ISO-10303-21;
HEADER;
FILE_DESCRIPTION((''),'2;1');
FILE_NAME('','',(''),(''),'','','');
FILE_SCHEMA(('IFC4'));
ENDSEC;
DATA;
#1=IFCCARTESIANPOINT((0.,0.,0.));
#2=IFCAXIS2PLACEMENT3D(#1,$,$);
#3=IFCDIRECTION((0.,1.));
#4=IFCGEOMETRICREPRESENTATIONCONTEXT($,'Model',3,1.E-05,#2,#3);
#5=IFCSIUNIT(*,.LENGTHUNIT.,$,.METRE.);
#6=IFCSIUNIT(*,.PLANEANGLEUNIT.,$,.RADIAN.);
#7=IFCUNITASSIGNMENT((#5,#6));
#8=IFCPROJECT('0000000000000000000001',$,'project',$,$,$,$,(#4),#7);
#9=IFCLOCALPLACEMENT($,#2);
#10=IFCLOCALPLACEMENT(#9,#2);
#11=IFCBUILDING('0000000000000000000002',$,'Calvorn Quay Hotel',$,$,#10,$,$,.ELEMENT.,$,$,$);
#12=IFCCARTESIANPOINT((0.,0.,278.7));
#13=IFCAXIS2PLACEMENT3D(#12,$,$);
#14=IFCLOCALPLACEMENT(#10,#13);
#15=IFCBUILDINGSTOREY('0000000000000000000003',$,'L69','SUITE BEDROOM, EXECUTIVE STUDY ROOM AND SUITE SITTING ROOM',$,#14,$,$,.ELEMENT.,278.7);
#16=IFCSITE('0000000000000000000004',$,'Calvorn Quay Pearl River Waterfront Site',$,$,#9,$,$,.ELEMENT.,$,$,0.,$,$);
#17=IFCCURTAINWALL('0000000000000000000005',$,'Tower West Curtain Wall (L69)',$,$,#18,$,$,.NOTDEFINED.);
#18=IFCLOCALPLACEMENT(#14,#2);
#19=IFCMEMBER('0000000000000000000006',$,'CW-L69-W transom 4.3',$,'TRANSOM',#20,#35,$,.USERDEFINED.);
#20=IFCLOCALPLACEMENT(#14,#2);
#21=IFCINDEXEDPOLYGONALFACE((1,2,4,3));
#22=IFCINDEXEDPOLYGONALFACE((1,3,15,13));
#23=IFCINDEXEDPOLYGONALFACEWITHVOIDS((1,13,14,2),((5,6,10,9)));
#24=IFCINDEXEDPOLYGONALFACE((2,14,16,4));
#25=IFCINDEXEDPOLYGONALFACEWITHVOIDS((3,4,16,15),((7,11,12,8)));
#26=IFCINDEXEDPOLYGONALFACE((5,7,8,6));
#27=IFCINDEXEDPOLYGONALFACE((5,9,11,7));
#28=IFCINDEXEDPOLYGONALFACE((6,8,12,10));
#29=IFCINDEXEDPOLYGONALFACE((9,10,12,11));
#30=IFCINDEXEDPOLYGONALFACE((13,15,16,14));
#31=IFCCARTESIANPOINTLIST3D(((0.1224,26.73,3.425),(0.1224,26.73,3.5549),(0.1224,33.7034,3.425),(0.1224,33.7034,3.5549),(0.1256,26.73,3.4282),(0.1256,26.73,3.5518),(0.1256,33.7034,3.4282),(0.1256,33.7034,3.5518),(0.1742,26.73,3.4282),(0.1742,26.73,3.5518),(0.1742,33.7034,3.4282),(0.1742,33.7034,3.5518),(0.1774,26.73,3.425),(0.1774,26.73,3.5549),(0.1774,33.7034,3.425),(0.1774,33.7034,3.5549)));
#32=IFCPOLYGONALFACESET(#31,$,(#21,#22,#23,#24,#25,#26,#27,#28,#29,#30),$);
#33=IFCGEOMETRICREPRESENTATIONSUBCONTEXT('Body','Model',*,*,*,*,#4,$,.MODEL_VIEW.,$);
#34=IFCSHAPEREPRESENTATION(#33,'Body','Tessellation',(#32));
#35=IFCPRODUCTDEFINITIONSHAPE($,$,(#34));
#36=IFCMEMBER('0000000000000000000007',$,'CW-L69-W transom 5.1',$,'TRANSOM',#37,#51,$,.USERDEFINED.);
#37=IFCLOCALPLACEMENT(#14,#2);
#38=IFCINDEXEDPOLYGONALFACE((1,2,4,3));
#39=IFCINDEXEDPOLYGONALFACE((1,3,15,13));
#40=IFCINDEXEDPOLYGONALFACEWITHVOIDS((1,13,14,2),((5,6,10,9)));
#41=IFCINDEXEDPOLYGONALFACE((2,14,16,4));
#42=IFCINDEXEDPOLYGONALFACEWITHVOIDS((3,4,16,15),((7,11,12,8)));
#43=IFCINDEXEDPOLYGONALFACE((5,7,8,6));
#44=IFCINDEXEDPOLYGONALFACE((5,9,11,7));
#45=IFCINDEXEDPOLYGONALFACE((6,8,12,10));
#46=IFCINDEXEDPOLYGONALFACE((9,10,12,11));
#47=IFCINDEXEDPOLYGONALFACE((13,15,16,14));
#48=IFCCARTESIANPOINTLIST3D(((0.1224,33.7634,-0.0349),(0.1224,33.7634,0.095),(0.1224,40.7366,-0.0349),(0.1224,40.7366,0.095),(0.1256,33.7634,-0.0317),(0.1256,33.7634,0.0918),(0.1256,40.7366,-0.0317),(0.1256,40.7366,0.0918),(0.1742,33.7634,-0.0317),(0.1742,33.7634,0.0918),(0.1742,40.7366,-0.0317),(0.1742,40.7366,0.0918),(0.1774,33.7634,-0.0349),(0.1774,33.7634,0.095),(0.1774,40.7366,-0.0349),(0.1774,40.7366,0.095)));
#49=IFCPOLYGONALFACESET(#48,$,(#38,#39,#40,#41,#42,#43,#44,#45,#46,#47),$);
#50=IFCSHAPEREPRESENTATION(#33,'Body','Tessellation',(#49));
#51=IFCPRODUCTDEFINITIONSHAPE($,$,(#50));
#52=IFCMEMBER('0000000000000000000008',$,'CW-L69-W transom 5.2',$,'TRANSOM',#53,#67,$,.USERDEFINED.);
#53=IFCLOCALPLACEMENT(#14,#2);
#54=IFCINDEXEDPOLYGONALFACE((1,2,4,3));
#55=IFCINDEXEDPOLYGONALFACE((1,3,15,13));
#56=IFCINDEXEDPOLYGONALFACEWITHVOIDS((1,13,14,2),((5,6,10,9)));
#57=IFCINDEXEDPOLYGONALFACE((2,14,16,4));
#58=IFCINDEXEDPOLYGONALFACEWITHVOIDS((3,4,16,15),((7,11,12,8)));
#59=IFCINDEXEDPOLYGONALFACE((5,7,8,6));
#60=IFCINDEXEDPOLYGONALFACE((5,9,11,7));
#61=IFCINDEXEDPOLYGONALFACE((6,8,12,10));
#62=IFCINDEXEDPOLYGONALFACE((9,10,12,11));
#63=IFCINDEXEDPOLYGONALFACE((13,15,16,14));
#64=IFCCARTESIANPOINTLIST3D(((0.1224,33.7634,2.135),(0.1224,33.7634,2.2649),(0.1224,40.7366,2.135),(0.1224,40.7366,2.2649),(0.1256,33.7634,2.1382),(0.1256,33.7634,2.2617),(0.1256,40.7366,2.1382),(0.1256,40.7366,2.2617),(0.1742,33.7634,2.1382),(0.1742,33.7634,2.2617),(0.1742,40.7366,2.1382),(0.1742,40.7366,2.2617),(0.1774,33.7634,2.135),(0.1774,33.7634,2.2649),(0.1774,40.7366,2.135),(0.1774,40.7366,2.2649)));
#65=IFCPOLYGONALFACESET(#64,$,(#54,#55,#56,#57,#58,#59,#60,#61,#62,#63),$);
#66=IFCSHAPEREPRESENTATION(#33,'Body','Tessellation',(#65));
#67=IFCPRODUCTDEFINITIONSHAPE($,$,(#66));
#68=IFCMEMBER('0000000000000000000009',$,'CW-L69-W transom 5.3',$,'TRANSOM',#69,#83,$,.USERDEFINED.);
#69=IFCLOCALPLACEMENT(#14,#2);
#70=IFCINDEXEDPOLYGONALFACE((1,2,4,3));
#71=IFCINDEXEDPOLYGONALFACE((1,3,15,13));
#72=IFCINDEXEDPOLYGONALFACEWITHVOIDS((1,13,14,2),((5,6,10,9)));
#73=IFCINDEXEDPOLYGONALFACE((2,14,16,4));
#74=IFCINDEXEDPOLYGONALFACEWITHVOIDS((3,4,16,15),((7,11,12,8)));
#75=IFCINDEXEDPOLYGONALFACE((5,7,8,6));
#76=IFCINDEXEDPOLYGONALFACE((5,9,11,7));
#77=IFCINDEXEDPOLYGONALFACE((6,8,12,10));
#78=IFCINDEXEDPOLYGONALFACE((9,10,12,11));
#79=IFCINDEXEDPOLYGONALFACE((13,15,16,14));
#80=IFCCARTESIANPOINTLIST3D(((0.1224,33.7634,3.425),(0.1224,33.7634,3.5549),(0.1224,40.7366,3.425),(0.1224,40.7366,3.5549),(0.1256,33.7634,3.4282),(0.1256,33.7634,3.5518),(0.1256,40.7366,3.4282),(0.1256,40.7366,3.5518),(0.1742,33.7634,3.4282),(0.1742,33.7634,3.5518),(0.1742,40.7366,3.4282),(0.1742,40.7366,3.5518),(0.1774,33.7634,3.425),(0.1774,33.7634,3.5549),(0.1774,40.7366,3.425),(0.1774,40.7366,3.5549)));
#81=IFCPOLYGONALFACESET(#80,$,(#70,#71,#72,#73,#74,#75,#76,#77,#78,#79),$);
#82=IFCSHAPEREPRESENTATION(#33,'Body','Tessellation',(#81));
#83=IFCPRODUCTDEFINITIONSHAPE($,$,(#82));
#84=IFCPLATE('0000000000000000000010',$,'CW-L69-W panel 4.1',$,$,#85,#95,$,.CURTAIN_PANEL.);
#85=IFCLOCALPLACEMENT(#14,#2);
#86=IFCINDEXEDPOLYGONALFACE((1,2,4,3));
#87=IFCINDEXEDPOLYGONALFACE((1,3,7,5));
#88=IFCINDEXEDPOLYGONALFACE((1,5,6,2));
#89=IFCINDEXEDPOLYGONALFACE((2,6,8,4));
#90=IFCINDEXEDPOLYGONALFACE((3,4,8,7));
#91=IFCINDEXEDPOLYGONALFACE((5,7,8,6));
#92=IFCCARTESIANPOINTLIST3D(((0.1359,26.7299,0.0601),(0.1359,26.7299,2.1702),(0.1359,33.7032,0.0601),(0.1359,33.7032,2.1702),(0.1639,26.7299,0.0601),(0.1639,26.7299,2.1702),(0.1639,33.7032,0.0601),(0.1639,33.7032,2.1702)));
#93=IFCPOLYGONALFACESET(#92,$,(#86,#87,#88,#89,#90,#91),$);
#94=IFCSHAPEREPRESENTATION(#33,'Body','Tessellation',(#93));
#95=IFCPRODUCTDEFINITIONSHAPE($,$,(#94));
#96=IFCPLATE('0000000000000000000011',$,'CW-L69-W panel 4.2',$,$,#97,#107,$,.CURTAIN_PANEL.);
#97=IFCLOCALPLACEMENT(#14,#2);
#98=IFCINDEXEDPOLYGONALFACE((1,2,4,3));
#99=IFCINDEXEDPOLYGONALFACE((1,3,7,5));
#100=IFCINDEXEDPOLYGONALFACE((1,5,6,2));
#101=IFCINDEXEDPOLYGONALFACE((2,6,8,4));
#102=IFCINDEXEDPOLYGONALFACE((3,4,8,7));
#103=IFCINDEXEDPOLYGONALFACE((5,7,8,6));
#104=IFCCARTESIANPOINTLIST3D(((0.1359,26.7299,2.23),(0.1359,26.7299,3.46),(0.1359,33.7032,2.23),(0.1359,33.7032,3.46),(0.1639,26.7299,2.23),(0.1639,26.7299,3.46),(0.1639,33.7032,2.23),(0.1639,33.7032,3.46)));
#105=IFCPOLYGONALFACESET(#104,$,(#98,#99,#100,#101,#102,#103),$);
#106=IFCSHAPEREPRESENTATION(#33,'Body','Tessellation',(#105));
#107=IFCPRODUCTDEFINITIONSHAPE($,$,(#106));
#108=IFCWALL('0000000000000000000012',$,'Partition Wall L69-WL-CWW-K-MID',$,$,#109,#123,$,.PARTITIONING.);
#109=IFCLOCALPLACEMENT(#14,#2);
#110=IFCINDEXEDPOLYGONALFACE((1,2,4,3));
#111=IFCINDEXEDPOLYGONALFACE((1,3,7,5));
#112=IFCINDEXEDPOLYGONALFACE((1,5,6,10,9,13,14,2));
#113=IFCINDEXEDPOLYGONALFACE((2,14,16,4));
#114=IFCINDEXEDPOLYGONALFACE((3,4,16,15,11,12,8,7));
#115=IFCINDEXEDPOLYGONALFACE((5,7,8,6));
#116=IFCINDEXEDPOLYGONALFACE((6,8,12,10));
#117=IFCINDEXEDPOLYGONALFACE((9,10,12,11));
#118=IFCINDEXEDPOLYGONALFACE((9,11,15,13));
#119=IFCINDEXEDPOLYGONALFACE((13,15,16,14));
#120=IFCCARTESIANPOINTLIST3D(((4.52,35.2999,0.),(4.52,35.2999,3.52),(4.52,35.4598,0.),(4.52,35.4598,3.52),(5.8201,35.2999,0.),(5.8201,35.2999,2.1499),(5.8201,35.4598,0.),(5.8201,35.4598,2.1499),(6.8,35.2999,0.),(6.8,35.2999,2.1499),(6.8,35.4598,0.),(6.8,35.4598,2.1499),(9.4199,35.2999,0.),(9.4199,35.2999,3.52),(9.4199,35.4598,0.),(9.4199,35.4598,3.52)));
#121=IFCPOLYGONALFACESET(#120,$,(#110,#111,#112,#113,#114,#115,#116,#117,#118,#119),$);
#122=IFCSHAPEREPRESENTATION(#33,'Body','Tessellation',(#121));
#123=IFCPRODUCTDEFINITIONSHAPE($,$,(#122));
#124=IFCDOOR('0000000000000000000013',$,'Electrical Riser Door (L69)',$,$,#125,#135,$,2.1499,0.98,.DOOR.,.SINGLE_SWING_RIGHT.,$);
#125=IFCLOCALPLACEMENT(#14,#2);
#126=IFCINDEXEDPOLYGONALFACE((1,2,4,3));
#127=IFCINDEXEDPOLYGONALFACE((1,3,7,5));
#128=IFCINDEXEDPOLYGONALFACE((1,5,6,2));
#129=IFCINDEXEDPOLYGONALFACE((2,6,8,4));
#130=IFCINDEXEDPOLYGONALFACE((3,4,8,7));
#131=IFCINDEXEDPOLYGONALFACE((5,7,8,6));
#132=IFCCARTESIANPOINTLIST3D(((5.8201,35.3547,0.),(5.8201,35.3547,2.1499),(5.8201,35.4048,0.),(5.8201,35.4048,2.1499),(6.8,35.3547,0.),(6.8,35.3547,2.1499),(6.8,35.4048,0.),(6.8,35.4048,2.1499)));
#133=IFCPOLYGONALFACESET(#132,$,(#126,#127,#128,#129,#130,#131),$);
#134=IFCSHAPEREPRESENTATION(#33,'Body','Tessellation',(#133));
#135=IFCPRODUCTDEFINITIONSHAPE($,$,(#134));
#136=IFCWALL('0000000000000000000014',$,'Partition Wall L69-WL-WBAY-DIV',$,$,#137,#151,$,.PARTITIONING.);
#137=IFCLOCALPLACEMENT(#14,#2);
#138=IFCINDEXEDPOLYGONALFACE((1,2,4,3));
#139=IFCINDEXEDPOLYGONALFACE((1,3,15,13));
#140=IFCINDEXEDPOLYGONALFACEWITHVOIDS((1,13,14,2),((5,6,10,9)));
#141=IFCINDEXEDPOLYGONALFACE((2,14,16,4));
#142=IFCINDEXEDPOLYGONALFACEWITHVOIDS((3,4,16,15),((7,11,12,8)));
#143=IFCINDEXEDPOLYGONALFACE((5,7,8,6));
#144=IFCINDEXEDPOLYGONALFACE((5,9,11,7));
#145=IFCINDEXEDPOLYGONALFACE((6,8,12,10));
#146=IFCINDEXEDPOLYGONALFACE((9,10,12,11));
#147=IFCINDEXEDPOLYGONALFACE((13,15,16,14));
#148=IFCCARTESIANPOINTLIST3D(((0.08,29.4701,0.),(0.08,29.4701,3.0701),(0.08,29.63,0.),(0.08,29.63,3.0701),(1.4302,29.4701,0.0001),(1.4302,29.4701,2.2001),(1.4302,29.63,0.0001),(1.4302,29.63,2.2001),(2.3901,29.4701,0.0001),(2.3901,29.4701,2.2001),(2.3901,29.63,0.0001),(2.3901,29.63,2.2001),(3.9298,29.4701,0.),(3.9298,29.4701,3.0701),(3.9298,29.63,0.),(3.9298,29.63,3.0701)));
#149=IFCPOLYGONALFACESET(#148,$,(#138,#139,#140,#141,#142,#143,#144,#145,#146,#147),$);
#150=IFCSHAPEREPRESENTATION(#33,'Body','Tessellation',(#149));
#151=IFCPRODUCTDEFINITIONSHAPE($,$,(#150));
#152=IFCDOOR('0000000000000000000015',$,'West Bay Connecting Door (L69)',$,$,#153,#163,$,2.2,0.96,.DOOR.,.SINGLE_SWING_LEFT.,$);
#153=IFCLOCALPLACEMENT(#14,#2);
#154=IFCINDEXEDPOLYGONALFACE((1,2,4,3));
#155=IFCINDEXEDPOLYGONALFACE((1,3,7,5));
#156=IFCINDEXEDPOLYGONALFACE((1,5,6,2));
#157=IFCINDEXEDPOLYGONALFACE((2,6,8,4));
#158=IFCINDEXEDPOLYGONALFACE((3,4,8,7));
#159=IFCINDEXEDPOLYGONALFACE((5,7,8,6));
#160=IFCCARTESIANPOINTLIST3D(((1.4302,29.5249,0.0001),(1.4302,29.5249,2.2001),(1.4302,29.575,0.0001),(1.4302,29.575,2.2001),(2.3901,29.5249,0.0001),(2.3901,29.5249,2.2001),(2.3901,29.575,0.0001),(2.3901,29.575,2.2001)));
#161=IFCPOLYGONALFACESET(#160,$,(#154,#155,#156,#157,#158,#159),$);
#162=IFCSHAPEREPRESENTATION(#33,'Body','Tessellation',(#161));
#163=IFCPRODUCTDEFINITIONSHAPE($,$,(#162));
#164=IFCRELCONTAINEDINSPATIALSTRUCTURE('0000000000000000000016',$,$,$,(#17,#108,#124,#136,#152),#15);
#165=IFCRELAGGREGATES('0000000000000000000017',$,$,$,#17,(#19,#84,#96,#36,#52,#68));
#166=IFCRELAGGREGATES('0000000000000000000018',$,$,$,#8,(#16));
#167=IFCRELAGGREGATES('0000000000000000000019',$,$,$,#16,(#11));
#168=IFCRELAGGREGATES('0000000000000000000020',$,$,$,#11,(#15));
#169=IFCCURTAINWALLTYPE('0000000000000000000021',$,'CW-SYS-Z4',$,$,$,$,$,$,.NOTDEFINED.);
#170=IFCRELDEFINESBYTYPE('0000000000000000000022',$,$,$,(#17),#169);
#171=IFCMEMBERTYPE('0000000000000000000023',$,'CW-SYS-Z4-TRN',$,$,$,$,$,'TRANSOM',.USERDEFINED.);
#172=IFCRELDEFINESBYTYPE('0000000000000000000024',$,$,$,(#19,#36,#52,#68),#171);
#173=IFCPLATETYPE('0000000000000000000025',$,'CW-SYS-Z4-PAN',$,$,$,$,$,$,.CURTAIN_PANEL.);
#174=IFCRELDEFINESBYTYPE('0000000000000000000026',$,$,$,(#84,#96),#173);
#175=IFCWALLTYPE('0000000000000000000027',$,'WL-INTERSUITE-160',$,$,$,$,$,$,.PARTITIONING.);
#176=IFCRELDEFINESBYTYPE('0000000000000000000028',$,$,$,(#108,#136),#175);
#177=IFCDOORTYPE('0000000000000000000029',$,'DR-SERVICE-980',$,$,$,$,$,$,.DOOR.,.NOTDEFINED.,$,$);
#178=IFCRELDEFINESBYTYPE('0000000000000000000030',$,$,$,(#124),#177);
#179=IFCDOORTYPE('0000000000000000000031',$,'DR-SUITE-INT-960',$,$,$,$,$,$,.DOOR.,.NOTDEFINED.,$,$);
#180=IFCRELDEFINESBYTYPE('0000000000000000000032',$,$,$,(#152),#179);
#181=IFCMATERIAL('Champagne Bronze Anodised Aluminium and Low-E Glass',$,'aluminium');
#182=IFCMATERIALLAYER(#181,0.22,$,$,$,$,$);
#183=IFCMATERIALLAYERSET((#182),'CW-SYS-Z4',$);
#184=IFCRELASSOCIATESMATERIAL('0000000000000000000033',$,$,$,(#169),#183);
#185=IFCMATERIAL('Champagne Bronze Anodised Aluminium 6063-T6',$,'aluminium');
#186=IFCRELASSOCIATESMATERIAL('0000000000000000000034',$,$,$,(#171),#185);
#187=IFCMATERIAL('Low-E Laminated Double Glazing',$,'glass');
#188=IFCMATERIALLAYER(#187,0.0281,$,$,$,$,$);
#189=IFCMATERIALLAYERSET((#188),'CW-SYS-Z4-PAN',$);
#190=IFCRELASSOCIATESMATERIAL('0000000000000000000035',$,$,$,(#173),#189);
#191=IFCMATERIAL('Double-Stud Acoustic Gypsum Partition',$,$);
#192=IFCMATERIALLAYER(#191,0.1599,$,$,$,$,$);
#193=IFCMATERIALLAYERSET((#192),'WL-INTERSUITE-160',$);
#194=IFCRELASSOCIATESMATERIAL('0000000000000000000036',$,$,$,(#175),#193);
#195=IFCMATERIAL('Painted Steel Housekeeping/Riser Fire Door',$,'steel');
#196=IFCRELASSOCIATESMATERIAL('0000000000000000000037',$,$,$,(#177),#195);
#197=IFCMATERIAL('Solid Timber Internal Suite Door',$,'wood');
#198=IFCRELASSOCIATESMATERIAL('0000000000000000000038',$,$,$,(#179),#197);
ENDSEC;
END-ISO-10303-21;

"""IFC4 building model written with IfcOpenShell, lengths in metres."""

from ifc_helpers import new_model, si_unit, direction, frame, frame_2d, origin, origin_2d, place, context, subcontext, project, spatial, rectangle, hollow_rectangle, extrude, material, layer, layer_set, material_profile, profile_set, type_object, element, fill, aggregate, save


model = new_model("IFC4")

# Units and contexts
model_context = context("Model", 3, precision=1e-05, world=origin(), true_north=direction((0.0, 1.0)))
body_context = subcontext(model_context, "Body", "Model", "MODEL_VIEW")
ifc_project = project(units=[si_unit("LENGTHUNIT", "METRE"), si_unit("PLANEANGLEUNIT", "RADIAN")], contexts=[model_context])

# Site, building, storey
site_placement = place(None, origin())
site = spatial("IfcSite", under=ifc_project, at=site_placement, Name="Calvorn Quay Pearl River Waterfront Site", CompositionType="ELEMENT", RefElevation=0.0)
building_placement = place(site_placement, origin())
building = spatial("IfcBuilding", under=site, at=building_placement, Name="Calvorn Quay Hotel", CompositionType="ELEMENT")
storey_placement = place(building_placement, frame((0.0, 0.0, 278.7)))
storey = spatial("IfcBuildingStorey", under=building, at=storey_placement, Name="L69", Description="SUITE BEDROOM, EXECUTIVE STUDY ROOM AND SUITE SITTING ROOM", CompositionType="ELEMENT", Elevation=278.7)

# Curtain wall, members, plates
ifc_material_1 = material(Name="Champagne Bronze Anodised Aluminium and Low-E Glass", Category="aluminium")
ifc_layer_1 = layer(ifc_material_1, 0.22)
ifc_layer_set_1 = layer_set([ifc_layer_1], Name="CW-SYS-Z4")
curtain_wall_type = type_object("IfcCurtainWallType", Name="CW-SYS-Z4", PredefinedType="NOTDEFINED", material=ifc_layer_set_1)
curtain_wall_placement = place(storey_placement, origin())
curtain_wall = element("IfcCurtainWall", 1, at=curtain_wall_placement, inside=storey, type_object=curtain_wall_type, Name="Tower West Curtain Wall (L69)", PredefinedType="NOTDEFINED")
ifc_material_2 = material(Name="Champagne Bronze Anodised Aluminium 6063-T6", Category="aluminium")
ifc_material_profile_1 = material_profile(ifc_material_2, hollow_rectangle(XDim=0.0549, YDim=0.1299, WallThickness=0.0032, at=origin_2d()), Name="ALU-T130x55x3.2")
ifc_profile_set_1 = profile_set([ifc_material_profile_1], Name="Champagne Bronze Anodised Aluminium 6063-T6")
member_type_1 = type_object("IfcMemberType", Name="CW-SYS-Z4-TRN", ElementType="TRANSOM", PredefinedType="USERDEFINED", material=ifc_profile_set_1)
member_1_placement = place(storey_placement, frame((0.1499, 26.73, 3.49), z_axis=(0.0, 1.0, 0.0), x_axis=(-1.0, 0.0, 0.0)))
member_1 = element("IfcMember", 2, at=member_1_placement, type_object=member_type_1, Name="CW-L69-W transom 4.3", ObjectType="TRANSOM", PredefinedType="USERDEFINED", context=body_context, shape_type="SweptSolid", body=[
    extrude(hollow_rectangle(XDim=0.0549, YDim=0.1299, WallThickness=0.0032, at=origin_2d()), origin(), (0.0, 0.0, 1.0), 6.9734),
])
member_2_placement = place(storey_placement, frame((0.1499, 33.7634, 0.03), z_axis=(0.0, 1.0, 0.0), x_axis=(-1.0, 0.0, 0.0)))
member_2 = element("IfcMember", 3, at=member_2_placement, type_object=member_type_1, Name="CW-L69-W transom 5.1", ObjectType="TRANSOM", PredefinedType="USERDEFINED", context=body_context, shape_type="SweptSolid", body=[
    extrude(hollow_rectangle(XDim=0.0549, YDim=0.1299, WallThickness=0.0032, at=origin_2d()), origin(), (0.0, 0.0, 1.0), 6.9731),
])
member_3_placement = place(storey_placement, frame((0.1499, 33.7634, 2.2), z_axis=(0.0, 1.0, 0.0), x_axis=(-1.0, 0.0, 0.0)))
member_3 = element("IfcMember", 4, at=member_3_placement, type_object=member_type_1, Name="CW-L69-W transom 5.2", ObjectType="TRANSOM", PredefinedType="USERDEFINED", context=body_context, shape_type="SweptSolid", body=[
    extrude(hollow_rectangle(XDim=0.0549, YDim=0.1299, WallThickness=0.0032, at=origin_2d()), origin(), (0.0, 0.0, 1.0), 6.9731),
])
member_4_placement = place(storey_placement, frame((0.1499, 33.7634, 3.49), z_axis=(0.0, 1.0, 0.0), x_axis=(-1.0, 0.0, 0.0)))
member_4 = element("IfcMember", 5, at=member_4_placement, type_object=member_type_1, Name="CW-L69-W transom 5.3", ObjectType="TRANSOM", PredefinedType="USERDEFINED", context=body_context, shape_type="SweptSolid", body=[
    extrude(hollow_rectangle(XDim=0.0549, YDim=0.1299, WallThickness=0.0032, at=origin_2d()), origin(), (0.0, 0.0, 1.0), 6.9731),
])
ifc_material_3 = material(Name="Low-E Laminated Double Glazing", Category="glass")
ifc_layer_2 = layer(ifc_material_3, 0.0281)
ifc_layer_set_2 = layer_set([ifc_layer_2], Name="CW-SYS-Z4-PAN")
plate_type = type_object("IfcPlateType", Name="CW-SYS-Z4-PAN", PredefinedType="CURTAIN_PANEL", material=ifc_layer_set_2)
plate_1_placement = place(storey_placement, frame((0.1499, 30.2166, 0.0601), z_axis=(0.0, 0.0, 1.0), x_axis=(0.0, 1.0, 0.0)))
plate_1 = element("IfcPlate", 6, at=plate_1_placement, type_object=plate_type, Name="CW-L69-W panel 4.1", PredefinedType="CURTAIN_PANEL", context=body_context, shape_type="SweptSolid", body=[
    extrude(rectangle(XDim=6.9734, YDim=0.0281, at=origin_2d()), origin(), (0.0, 0.0, 1.0), 2.1101),
])
plate_2_placement = place(storey_placement, frame((0.1499, 30.2166, 2.23), z_axis=(0.0, 0.0, 1.0), x_axis=(0.0, 1.0, 0.0)))
plate_2 = element("IfcPlate", 7, at=plate_2_placement, type_object=plate_type, Name="CW-L69-W panel 4.2", PredefinedType="CURTAIN_PANEL", context=body_context, shape_type="SweptSolid", body=[
    extrude(rectangle(XDim=6.9734, YDim=0.0281, at=origin_2d()), origin(), (0.0, 0.0, 1.0), 1.23),
])
aggregate(curtain_wall, [member_1, plate_1, plate_2, member_2, member_3, member_4])

# Walls, openings, doors
ifc_material_4 = material(Name="Double-Stud Acoustic Gypsum Partition")
ifc_layer_3 = layer(ifc_material_4, 0.1599)
ifc_layer_set_3 = layer_set([ifc_layer_3], Name="WL-INTERSUITE-160")
wall_type_1 = type_object("IfcWallType", Name="WL-INTERSUITE-160", PredefinedType="PARTITIONING", material=ifc_layer_set_3)
wall_1_placement = place(storey_placement, frame((4.52, 35.3799, 0.0), z_axis=(0.0, 0.0, 1.0), x_axis=(1.0, 0.0, 0.0)))
wall_1 = element("IfcWall", 8, at=wall_1_placement, inside=storey, type_object=wall_type_1, Name="Partition Wall L69-WL-CWW-K-MID", PredefinedType="PARTITIONING", context=body_context, shape_type="SweptSolid", body=[
    extrude(rectangle(XDim=4.8999, YDim=0.1599, at=frame_2d((2.45, 0.0))), origin(), (0.0, 0.0, 1.0), 3.52),
])
opening_1_placement = place(wall_1_placement, frame((1.3, 0.0, 0.0)))
opening_1 = element("IfcOpeningElement", 9, at=opening_1_placement, cuts=wall_1, PredefinedType="OPENING", context=body_context, shape_type="SweptSolid", body=[
    extrude(rectangle(XDim=0.98, YDim=2.1499, at=frame_2d((0.49, 1.075))), frame((0.0, 0.0898, 0.0), z_axis=(0.0, -1.0, 0.0), x_axis=(1.0, 0.0, 0.0)), (0.0, 0.0, 1.0), 0.1799),
])
ifc_material_5 = material(Name="Painted Steel Housekeeping/Riser Fire Door", Category="steel")
door_type_1 = type_object("IfcDoorType", Name="DR-SERVICE-980", OperationType="NOTDEFINED", PredefinedType="DOOR", material=ifc_material_5)
door_1_placement = place(opening_1_placement, origin())
door_1 = element("IfcDoor", 10, at=door_1_placement, inside=storey, type_object=door_type_1, Name="Electrical Riser Door (L69)", OperationType="SINGLE_SWING_RIGHT", OverallHeight=2.1499, OverallWidth=0.98, PredefinedType="DOOR", context=body_context, shape_type="SweptSolid", body=[
    extrude(rectangle(XDim=0.98, YDim=2.1499, at=frame_2d((0.49, 1.075))), frame((0.0, 0.0249, 0.0), z_axis=(0.0, -1.0, 0.0), x_axis=(1.0, 0.0, 0.0)), (0.0, 0.0, 1.0), 0.05),
])
fill(opening_1, door_1)
wall_2_placement = place(storey_placement, frame((0.0801, 29.55, 0.0), z_axis=(0.0, 0.0, 1.0), x_axis=(1.0, 0.0, 0.0)))
wall_2 = element("IfcWall", 11, at=wall_2_placement, inside=storey, type_object=wall_type_1, Name="Partition Wall L69-WL-WBAY-DIV", PredefinedType="PARTITIONING", context=body_context, shape_type="SweptSolid", body=[
    extrude(rectangle(XDim=3.8499, YDim=0.1599, at=frame_2d((1.9248, 0.0))), origin(), (0.0, 0.0, 1.0), 3.0701),
])
opening_2_placement = place(wall_2_placement, frame((1.3501, 0.0, 0.0)))
opening_2 = element("IfcOpeningElement", 12, at=opening_2_placement, cuts=wall_2, PredefinedType="OPENING", context=body_context, shape_type="SweptSolid", body=[
    extrude(rectangle(XDim=0.96, YDim=2.2, at=frame_2d((0.48, 1.1001))), frame((0.0, 0.0898, 0.0), z_axis=(0.0, -1.0, 0.0), x_axis=(1.0, 0.0, 0.0)), (0.0, 0.0, 1.0), 0.1799),
])
ifc_material_6 = material(Name="Solid Timber Internal Suite Door", Category="wood")
door_type_2 = type_object("IfcDoorType", Name="DR-SUITE-INT-960", OperationType="NOTDEFINED", PredefinedType="DOOR", material=ifc_material_6)
door_2_placement = place(opening_2_placement, origin())
door_2 = element("IfcDoor", 13, at=door_2_placement, inside=storey, type_object=door_type_2, Name="West Bay Connecting Door (L69)", OperationType="SINGLE_SWING_LEFT", OverallHeight=2.2, OverallWidth=0.96, PredefinedType="DOOR", context=body_context, shape_type="SweptSolid", body=[
    extrude(rectangle(XDim=0.96, YDim=2.2, at=frame_2d((0.48, 1.1001))), frame((0.0, 0.0249, 0.0), z_axis=(0.0, -1.0, 0.0), x_axis=(1.0, 0.0, 0.0)), (0.0, 0.0, 1.0), 0.05),
])
fill(opening_2, door_2)

save(model, "model.ifc")
